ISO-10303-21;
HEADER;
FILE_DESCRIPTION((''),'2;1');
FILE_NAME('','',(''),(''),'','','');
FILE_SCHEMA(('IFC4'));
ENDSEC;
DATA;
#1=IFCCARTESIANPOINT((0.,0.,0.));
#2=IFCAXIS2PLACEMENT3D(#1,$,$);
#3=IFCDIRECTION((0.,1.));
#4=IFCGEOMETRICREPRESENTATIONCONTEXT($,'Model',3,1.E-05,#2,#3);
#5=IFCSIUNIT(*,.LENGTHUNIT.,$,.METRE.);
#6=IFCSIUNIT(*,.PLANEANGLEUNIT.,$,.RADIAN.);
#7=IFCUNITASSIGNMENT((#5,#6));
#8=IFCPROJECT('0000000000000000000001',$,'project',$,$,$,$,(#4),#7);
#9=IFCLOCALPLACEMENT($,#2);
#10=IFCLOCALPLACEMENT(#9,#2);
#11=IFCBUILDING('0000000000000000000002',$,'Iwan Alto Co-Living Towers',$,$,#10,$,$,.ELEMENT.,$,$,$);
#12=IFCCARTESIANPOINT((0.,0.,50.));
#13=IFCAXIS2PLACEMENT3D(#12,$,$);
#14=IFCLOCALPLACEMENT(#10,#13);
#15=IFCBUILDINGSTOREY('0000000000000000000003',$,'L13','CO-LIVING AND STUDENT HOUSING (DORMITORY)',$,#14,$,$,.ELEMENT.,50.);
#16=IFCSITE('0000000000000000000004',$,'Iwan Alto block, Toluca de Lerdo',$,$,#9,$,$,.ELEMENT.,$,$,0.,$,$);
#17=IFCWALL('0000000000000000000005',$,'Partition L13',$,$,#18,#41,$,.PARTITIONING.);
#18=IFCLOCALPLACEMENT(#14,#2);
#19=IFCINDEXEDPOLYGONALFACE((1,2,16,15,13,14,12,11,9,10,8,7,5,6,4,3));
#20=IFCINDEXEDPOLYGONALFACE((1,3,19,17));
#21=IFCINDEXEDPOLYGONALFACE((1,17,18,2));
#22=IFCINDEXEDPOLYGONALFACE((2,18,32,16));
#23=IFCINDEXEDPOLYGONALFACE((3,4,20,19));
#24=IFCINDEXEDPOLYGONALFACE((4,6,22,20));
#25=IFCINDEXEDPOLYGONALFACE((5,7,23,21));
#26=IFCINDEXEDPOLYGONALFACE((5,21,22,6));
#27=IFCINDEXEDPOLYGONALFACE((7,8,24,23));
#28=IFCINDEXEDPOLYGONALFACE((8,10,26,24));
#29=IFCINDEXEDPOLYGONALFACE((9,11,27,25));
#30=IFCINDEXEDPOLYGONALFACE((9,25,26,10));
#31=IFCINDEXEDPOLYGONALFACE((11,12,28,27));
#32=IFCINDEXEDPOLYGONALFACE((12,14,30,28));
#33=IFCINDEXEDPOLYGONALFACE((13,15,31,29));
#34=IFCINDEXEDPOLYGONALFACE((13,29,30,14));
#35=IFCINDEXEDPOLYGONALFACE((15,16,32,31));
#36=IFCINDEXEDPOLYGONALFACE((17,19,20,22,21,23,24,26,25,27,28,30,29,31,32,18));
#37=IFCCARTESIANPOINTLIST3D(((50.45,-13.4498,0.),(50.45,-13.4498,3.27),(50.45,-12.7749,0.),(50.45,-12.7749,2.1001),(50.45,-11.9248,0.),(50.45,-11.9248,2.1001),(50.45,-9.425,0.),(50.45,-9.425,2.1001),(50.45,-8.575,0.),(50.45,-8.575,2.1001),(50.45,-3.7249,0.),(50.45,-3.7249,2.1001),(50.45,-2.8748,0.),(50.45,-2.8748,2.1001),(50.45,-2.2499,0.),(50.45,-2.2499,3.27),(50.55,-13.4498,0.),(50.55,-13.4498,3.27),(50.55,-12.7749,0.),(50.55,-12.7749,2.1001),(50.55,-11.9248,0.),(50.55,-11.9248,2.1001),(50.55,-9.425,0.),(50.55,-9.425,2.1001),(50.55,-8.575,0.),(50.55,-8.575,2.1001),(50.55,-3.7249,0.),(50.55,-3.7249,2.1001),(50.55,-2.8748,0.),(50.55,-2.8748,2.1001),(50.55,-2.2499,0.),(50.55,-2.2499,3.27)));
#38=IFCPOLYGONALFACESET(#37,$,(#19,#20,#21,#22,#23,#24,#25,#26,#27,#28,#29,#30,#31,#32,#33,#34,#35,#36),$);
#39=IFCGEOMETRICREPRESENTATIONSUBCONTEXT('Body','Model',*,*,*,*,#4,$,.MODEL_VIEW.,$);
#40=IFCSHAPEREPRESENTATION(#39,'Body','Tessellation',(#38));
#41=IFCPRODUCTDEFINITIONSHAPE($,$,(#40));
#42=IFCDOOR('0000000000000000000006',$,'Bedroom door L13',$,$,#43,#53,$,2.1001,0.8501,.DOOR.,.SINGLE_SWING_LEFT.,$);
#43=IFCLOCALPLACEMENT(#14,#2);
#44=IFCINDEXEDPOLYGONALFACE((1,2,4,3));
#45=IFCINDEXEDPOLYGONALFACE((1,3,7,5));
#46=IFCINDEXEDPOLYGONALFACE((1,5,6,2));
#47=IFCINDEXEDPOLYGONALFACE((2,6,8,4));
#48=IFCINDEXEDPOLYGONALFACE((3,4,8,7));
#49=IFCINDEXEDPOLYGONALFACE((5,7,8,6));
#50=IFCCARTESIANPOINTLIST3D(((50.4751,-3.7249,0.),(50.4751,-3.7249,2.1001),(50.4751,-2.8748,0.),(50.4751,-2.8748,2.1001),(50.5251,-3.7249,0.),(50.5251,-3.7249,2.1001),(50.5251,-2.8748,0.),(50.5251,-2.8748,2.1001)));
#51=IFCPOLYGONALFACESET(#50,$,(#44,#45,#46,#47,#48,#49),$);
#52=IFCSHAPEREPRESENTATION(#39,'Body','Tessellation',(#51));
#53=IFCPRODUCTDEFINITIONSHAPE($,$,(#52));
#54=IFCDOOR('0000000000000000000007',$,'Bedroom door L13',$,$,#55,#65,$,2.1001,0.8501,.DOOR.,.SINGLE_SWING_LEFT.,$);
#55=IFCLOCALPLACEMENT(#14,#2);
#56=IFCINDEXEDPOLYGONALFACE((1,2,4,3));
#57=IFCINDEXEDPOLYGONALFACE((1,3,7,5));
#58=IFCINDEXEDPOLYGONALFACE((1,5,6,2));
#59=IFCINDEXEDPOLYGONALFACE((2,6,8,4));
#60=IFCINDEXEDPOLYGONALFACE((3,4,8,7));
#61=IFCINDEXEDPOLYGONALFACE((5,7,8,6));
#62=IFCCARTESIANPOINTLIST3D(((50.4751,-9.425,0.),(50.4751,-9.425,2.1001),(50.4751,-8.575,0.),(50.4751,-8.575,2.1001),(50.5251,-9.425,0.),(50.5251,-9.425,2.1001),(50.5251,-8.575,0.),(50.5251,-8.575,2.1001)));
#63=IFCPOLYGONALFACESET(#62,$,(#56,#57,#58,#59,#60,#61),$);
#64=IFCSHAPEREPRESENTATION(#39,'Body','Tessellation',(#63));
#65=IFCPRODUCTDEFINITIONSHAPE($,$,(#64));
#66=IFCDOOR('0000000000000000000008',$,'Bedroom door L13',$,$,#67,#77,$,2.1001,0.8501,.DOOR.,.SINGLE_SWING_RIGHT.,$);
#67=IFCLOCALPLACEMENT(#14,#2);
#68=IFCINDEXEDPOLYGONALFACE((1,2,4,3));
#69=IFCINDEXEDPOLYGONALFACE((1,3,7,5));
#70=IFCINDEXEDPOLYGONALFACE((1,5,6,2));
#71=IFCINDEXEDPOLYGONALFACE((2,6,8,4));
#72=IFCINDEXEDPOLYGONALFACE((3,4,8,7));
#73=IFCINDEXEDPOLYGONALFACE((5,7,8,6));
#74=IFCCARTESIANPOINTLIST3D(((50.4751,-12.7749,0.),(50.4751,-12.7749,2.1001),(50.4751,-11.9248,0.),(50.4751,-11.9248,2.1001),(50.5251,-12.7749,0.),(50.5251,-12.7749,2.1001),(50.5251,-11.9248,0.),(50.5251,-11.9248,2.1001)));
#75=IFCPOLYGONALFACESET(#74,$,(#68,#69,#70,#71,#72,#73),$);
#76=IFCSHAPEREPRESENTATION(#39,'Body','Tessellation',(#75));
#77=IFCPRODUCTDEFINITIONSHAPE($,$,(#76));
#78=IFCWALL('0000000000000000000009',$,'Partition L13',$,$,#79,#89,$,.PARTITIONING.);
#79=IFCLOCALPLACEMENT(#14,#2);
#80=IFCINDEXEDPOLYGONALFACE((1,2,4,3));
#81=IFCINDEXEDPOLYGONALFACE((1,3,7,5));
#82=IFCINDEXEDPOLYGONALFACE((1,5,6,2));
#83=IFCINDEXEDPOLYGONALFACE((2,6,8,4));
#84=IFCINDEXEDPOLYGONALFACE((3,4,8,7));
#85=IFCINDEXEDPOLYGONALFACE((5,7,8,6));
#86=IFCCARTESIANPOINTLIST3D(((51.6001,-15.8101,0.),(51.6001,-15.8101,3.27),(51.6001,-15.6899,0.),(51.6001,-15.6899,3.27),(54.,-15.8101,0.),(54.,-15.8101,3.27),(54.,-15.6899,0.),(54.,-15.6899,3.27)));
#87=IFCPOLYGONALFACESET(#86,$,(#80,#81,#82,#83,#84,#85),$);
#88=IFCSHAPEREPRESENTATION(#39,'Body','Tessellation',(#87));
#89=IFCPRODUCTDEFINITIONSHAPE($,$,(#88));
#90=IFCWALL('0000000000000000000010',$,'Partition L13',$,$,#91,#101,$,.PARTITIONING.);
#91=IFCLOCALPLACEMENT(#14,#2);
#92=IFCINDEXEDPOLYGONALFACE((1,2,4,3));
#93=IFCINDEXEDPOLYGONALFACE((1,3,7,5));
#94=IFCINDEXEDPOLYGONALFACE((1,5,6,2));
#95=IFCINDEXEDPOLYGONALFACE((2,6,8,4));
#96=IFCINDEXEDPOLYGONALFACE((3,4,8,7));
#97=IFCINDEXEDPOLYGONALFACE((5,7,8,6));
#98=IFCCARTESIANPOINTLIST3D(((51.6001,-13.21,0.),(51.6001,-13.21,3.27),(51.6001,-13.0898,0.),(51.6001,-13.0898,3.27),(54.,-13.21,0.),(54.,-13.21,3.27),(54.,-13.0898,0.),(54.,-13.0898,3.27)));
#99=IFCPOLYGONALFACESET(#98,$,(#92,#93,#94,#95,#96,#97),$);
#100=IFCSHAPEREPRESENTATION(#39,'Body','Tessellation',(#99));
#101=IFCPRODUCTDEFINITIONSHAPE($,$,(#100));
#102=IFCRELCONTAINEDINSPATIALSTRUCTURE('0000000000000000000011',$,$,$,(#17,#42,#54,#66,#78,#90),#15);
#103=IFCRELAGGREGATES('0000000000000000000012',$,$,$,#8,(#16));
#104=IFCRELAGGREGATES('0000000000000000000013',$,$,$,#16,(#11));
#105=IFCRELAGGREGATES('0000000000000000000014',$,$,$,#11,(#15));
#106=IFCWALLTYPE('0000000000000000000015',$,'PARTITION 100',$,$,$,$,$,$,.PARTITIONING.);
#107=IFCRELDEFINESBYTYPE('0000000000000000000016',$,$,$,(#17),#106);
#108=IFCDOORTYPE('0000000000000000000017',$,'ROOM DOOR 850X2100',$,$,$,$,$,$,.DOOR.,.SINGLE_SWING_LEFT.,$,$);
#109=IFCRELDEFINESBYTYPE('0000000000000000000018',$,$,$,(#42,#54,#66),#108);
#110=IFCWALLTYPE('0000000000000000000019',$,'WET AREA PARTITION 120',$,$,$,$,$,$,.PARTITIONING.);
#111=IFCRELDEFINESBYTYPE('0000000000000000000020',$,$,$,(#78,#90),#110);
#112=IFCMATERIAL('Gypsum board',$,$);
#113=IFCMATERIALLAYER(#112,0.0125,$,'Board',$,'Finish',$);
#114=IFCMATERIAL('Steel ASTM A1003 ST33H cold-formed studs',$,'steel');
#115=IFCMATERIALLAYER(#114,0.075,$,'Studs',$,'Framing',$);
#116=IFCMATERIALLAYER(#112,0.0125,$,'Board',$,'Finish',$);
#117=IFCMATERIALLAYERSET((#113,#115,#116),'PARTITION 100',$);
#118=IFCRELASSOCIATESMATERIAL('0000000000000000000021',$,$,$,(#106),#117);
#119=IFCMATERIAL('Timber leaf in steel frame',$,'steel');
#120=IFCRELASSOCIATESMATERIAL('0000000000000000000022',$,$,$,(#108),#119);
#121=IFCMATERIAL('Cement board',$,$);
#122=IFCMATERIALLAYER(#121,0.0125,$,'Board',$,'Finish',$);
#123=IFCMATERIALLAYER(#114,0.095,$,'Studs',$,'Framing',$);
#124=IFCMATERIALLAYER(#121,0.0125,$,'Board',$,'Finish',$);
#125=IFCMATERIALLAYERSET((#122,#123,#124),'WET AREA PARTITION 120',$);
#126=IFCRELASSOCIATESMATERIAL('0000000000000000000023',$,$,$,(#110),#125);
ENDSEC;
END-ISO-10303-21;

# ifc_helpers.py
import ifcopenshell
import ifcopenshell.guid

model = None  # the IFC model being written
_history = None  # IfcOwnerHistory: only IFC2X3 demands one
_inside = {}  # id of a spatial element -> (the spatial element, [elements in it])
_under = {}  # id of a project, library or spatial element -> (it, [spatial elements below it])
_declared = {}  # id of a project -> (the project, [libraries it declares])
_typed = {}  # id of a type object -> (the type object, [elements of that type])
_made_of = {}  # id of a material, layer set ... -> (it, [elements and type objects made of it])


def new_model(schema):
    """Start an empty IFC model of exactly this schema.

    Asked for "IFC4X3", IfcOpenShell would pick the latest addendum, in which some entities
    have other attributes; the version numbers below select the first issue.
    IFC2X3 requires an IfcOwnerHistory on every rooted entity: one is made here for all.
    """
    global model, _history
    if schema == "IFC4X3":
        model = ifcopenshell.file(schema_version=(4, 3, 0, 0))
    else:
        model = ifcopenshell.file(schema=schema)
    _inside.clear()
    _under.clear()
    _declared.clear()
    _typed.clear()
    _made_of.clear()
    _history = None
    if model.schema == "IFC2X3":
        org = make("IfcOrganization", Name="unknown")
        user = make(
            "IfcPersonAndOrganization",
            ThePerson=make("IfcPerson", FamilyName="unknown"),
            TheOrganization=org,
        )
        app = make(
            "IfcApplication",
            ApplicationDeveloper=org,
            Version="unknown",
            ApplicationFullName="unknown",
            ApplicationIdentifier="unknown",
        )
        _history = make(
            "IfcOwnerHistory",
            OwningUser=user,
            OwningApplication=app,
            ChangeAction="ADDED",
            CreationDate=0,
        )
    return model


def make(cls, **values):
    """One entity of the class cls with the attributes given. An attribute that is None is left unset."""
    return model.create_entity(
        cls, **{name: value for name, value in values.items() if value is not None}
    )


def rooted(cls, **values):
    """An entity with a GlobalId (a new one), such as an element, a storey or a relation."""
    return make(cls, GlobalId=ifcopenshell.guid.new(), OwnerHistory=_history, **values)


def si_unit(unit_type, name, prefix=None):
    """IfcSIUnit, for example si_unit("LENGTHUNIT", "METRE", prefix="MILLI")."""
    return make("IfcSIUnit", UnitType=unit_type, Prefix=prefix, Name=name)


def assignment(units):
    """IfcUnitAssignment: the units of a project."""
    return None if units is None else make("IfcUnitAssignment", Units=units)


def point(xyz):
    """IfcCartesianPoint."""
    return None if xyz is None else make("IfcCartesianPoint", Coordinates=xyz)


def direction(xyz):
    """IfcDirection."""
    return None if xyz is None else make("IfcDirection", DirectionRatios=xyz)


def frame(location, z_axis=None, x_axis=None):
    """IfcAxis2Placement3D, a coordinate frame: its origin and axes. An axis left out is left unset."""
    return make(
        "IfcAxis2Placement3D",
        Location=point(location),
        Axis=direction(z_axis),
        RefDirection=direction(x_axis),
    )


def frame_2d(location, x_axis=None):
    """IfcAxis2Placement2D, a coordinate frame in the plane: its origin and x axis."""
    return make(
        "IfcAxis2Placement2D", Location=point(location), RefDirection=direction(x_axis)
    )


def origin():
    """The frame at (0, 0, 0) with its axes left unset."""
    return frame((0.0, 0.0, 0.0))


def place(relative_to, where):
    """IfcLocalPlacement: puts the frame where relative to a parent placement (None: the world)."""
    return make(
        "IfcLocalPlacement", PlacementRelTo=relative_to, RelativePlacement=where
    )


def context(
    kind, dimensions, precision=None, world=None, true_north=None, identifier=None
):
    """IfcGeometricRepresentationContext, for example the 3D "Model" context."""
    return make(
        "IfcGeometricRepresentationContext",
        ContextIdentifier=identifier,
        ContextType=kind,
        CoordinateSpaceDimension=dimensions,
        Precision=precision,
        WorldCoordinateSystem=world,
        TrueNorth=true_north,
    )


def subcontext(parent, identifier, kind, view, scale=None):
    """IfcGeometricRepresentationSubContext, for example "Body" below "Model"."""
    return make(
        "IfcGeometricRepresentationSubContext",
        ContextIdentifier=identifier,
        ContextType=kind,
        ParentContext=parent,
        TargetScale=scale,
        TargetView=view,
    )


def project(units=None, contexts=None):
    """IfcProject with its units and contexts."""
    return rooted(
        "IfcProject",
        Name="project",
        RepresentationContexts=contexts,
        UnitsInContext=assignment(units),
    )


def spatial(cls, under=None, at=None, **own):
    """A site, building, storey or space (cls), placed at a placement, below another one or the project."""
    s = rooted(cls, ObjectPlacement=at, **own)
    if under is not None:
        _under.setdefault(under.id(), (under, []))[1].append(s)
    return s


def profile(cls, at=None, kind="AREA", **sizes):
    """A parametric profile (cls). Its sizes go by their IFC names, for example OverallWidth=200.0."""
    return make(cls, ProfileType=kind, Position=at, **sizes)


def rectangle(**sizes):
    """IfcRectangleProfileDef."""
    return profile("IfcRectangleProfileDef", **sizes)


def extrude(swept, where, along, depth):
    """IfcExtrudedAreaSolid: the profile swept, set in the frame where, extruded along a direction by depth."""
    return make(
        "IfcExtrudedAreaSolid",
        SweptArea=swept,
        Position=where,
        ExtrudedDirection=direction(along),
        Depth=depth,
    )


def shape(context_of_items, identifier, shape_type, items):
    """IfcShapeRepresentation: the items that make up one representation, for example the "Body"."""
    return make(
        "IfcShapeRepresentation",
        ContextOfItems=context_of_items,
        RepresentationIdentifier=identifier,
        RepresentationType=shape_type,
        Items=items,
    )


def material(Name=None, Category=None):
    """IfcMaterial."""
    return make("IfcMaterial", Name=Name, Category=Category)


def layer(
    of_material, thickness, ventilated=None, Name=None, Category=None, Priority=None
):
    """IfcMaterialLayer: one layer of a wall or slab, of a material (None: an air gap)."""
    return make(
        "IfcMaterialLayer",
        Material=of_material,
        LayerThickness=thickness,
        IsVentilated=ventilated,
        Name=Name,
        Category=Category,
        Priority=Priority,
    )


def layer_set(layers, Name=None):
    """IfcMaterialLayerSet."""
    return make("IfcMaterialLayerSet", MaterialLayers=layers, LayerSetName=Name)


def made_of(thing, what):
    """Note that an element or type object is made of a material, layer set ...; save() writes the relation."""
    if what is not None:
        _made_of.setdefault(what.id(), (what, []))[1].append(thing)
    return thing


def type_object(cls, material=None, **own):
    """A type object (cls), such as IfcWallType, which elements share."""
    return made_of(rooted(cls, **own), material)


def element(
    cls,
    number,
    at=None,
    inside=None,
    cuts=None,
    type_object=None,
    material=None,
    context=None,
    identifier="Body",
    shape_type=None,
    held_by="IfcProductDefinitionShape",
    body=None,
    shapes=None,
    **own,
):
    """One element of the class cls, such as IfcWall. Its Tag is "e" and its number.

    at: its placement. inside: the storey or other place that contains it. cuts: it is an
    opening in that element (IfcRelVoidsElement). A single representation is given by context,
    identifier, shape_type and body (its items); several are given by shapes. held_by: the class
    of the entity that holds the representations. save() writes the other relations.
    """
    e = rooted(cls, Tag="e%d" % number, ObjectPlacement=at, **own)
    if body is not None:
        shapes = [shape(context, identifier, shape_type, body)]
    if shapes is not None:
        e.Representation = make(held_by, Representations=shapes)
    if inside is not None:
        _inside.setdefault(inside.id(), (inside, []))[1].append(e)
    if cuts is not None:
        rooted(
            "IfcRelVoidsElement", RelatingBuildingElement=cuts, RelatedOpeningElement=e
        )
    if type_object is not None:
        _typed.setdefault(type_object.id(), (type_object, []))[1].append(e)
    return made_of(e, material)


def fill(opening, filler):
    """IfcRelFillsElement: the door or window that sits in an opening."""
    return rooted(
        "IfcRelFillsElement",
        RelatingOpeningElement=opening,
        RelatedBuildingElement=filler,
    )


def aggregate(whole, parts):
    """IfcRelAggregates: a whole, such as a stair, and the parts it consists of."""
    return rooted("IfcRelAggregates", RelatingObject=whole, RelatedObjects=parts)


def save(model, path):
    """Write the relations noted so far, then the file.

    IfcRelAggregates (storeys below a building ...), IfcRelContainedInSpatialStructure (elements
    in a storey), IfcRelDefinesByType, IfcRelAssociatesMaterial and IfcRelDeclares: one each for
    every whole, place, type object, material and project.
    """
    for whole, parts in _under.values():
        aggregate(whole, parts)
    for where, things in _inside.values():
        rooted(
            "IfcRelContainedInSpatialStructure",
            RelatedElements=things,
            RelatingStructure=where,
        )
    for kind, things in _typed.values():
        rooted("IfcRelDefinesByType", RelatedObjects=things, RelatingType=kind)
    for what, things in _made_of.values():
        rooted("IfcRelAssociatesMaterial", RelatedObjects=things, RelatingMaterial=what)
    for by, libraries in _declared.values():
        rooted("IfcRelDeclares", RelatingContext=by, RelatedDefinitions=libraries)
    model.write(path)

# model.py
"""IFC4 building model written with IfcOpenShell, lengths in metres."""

from ifc_helpers import new_model, si_unit, direction, frame, frame_2d, origin, place, context, subcontext, project, spatial, rectangle, extrude, material, layer, layer_set, type_object, element, fill, save


model = new_model("IFC4")

# Units and contexts
model_context = context("Model", 3, precision=1e-05, world=origin(), true_north=direction((0.0, 1.0)))
body_context = subcontext(model_context, "Body", "Model", "MODEL_VIEW")
ifc_project = project(units=[si_unit("LENGTHUNIT", "METRE"), si_unit("PLANEANGLEUNIT", "RADIAN")], contexts=[model_context])

# Site, building, storey
site_placement = place(None, origin())
site = spatial("IfcSite", under=ifc_project, at=site_placement, Name="Iwan Alto block, Toluca de Lerdo", CompositionType="ELEMENT", RefElevation=0.0)
building_placement = place(site_placement, origin())
building = spatial("IfcBuilding", under=site, at=building_placement, Name="Iwan Alto Co-Living Towers", CompositionType="ELEMENT")
storey_placement = place(building_placement, frame((0.0, 0.0, 50.0)))
storey = spatial("IfcBuildingStorey", under=building, at=storey_placement, Name="L13", Description="CO-LIVING AND STUDENT HOUSING (DORMITORY)", CompositionType="ELEMENT", Elevation=50.0)

# Shared definitions
ifc_material_1 = material(Name="Gypsum board")
ifc_material_2 = material(Name="Steel ASTM A1003 ST33H cold-formed studs", Category="steel")

# Shared definitions
ifc_layer_1 = layer(ifc_material_1, 0.0125, Name="Board", Category="Finish")
ifc_layer_2 = layer(ifc_material_2, 0.075, Name="Studs", Category="Framing")
ifc_layer_3 = layer(ifc_material_1, 0.0125, Name="Board", Category="Finish")
ifc_layer_set_1 = layer_set([ifc_layer_1, ifc_layer_2, ifc_layer_3], Name="PARTITION 100")
wall_type_1 = type_object("IfcWallType", Name="PARTITION 100", PredefinedType="PARTITIONING", material=ifc_layer_set_1)

# Wall, openings, doors
wall_1_placement = place(storey_placement, frame((50.5, -13.45, 0.0), z_axis=(0.0, 0.0, 1.0), x_axis=(0.0, 1.0, 0.0)))
wall_1 = element("IfcWall", 1, at=wall_1_placement, inside=storey, type_object=wall_type_1, Name="Partition L13", PredefinedType="PARTITIONING", context=body_context, shape_type="SweptSolid", body=[
    extrude(rectangle(XDim=11.2, YDim=0.1001, at=frame_2d((5.6001, 0.0))), origin(), (0.0, 0.0, 1.0), 3.27),
])
opening_1_placement = place(wall_1_placement, frame((9.7251, 0.0, 0.0)))
opening_1 = element("IfcOpeningElement", 2, at=opening_1_placement, cuts=wall_1, PredefinedType="OPENING", context=body_context, shape_type="SweptSolid", body=[
    extrude(rectangle(XDim=0.8501, YDim=2.1001, at=frame_2d((0.425, 1.05))), frame((0.0, 0.0601, 0.0), z_axis=(0.0, -1.0, 0.0), x_axis=(1.0, 0.0, 0.0)), (0.0, 0.0, 1.0), 0.1201),
])
opening_2_placement = place(wall_1_placement, frame((4.0249, 0.0, 0.0)))
opening_2 = element("IfcOpeningElement", 3, at=opening_2_placement, cuts=wall_1, PredefinedType="OPENING", context=body_context, shape_type="SweptSolid", body=[
    extrude(rectangle(XDim=0.8501, YDim=2.1001, at=frame_2d((0.425, 1.05))), frame((0.0, 0.0601, 0.0), z_axis=(0.0, -1.0, 0.0), x_axis=(1.0, 0.0, 0.0)), (0.0, 0.0, 1.0), 0.1201),
])
opening_3_placement = place(wall_1_placement, frame((0.675, 0.0, 0.0)))
opening_3 = element("IfcOpeningElement", 4, at=opening_3_placement, cuts=wall_1, PredefinedType="OPENING", context=body_context, shape_type="SweptSolid", body=[
    extrude(rectangle(XDim=0.8501, YDim=2.1001, at=frame_2d((0.425, 1.05))), frame((0.0, 0.0601, 0.0), z_axis=(0.0, -1.0, 0.0), x_axis=(1.0, 0.0, 0.0)), (0.0, 0.0, 1.0), 0.1201),
])
ifc_material_3 = material(Name="Timber leaf in steel frame", Category="steel")
door_type_1 = type_object("IfcDoorType", Name="ROOM DOOR 850X2100", OperationType="SINGLE_SWING_LEFT", PredefinedType="DOOR", material=ifc_material_3)
door_1_placement = place(opening_1_placement, origin())
door_1 = element("IfcDoor", 5, at=door_1_placement, inside=storey, type_object=door_type_1, Name="Bedroom door L13", OperationType="SINGLE_SWING_LEFT", OverallHeight=2.1001, OverallWidth=0.8501, PredefinedType="DOOR", context=body_context, shape_type="SweptSolid", body=[
    extrude(rectangle(XDim=0.8501, YDim=2.1001, at=frame_2d((0.425, 1.05))), frame((0.0, 0.0249, 0.0), z_axis=(0.0, -1.0, 0.0), x_axis=(1.0, 0.0, 0.0)), (0.0, 0.0, 1.0), 0.05),
])
fill(opening_1, door_1)
door_2_placement = place(opening_2_placement, origin())
door_2 = element("IfcDoor", 6, at=door_2_placement, inside=storey, type_object=door_type_1, Name="Bedroom door L13", OperationType="SINGLE_SWING_LEFT", OverallHeight=2.1001, OverallWidth=0.8501, PredefinedType="DOOR", context=body_context, shape_type="SweptSolid", body=[
    extrude(rectangle(XDim=0.8501, YDim=2.1001, at=frame_2d((0.425, 1.05))), frame((0.0, 0.0249, 0.0), z_axis=(0.0, -1.0, 0.0), x_axis=(1.0, 0.0, 0.0)), (0.0, 0.0, 1.0), 0.05),
])
fill(opening_2, door_2)
door_3_placement = place(opening_3_placement, origin())
door_3 = element("IfcDoor", 7, at=door_3_placement, inside=storey, type_object=door_type_1, Name="Bedroom door L13", OperationType="SINGLE_SWING_RIGHT", OverallHeight=2.1001, OverallWidth=0.8501, PredefinedType="DOOR", context=body_context, shape_type="SweptSolid", body=[
    extrude(rectangle(XDim=0.8501, YDim=2.1001, at=frame_2d((0.425, 1.05))), frame((0.0, 0.0249, 0.0), z_axis=(0.0, -1.0, 0.0), x_axis=(1.0, 0.0, 0.0)), (0.0, 0.0, 1.0), 0.05),
])
fill(opening_3, door_3)

# Walls
ifc_material_4 = material(Name="Cement board")
ifc_layer_4 = layer(ifc_material_4, 0.0125, Name="Board", Category="Finish")
ifc_layer_5 = layer(ifc_material_2, 0.095, Name="Studs", Category="Framing")
ifc_layer_6 = layer(ifc_material_4, 0.0125, Name="Board", Category="Finish")
ifc_layer_set_2 = layer_set([ifc_layer_4, ifc_layer_5, ifc_layer_6], Name="WET AREA PARTITION 120")
wall_type_2 = type_object("IfcWallType", Name="WET AREA PARTITION 120", PredefinedType="PARTITIONING", material=ifc_layer_set_2)
for number, where, z_axis, x_axis, name in (
    (8, (51.6001, -15.75, 0.0), (0.0, 0.0, 1.0), (1.0, 0.0, 0.0), "Partition L13"),
    (9, (51.6001, -13.1499, 0.0), (0.0, 0.0, 1.0), (1.0, 0.0, 0.0), "Partition L13"),
):
    element("IfcWall", number, at=place(storey_placement, frame(where, z_axis=z_axis, x_axis=x_axis)), inside=storey, type_object=wall_type_2, Name=name, PredefinedType="PARTITIONING", context=body_context, shape_type="SweptSolid", body=[
        extrude(rectangle(XDim=2.3999, YDim=0.1201, at=frame_2d((1.2, 0.0))), origin(), (0.0, 0.0, 1.0), 3.27),
    ])

save(model, "model.ifc")
